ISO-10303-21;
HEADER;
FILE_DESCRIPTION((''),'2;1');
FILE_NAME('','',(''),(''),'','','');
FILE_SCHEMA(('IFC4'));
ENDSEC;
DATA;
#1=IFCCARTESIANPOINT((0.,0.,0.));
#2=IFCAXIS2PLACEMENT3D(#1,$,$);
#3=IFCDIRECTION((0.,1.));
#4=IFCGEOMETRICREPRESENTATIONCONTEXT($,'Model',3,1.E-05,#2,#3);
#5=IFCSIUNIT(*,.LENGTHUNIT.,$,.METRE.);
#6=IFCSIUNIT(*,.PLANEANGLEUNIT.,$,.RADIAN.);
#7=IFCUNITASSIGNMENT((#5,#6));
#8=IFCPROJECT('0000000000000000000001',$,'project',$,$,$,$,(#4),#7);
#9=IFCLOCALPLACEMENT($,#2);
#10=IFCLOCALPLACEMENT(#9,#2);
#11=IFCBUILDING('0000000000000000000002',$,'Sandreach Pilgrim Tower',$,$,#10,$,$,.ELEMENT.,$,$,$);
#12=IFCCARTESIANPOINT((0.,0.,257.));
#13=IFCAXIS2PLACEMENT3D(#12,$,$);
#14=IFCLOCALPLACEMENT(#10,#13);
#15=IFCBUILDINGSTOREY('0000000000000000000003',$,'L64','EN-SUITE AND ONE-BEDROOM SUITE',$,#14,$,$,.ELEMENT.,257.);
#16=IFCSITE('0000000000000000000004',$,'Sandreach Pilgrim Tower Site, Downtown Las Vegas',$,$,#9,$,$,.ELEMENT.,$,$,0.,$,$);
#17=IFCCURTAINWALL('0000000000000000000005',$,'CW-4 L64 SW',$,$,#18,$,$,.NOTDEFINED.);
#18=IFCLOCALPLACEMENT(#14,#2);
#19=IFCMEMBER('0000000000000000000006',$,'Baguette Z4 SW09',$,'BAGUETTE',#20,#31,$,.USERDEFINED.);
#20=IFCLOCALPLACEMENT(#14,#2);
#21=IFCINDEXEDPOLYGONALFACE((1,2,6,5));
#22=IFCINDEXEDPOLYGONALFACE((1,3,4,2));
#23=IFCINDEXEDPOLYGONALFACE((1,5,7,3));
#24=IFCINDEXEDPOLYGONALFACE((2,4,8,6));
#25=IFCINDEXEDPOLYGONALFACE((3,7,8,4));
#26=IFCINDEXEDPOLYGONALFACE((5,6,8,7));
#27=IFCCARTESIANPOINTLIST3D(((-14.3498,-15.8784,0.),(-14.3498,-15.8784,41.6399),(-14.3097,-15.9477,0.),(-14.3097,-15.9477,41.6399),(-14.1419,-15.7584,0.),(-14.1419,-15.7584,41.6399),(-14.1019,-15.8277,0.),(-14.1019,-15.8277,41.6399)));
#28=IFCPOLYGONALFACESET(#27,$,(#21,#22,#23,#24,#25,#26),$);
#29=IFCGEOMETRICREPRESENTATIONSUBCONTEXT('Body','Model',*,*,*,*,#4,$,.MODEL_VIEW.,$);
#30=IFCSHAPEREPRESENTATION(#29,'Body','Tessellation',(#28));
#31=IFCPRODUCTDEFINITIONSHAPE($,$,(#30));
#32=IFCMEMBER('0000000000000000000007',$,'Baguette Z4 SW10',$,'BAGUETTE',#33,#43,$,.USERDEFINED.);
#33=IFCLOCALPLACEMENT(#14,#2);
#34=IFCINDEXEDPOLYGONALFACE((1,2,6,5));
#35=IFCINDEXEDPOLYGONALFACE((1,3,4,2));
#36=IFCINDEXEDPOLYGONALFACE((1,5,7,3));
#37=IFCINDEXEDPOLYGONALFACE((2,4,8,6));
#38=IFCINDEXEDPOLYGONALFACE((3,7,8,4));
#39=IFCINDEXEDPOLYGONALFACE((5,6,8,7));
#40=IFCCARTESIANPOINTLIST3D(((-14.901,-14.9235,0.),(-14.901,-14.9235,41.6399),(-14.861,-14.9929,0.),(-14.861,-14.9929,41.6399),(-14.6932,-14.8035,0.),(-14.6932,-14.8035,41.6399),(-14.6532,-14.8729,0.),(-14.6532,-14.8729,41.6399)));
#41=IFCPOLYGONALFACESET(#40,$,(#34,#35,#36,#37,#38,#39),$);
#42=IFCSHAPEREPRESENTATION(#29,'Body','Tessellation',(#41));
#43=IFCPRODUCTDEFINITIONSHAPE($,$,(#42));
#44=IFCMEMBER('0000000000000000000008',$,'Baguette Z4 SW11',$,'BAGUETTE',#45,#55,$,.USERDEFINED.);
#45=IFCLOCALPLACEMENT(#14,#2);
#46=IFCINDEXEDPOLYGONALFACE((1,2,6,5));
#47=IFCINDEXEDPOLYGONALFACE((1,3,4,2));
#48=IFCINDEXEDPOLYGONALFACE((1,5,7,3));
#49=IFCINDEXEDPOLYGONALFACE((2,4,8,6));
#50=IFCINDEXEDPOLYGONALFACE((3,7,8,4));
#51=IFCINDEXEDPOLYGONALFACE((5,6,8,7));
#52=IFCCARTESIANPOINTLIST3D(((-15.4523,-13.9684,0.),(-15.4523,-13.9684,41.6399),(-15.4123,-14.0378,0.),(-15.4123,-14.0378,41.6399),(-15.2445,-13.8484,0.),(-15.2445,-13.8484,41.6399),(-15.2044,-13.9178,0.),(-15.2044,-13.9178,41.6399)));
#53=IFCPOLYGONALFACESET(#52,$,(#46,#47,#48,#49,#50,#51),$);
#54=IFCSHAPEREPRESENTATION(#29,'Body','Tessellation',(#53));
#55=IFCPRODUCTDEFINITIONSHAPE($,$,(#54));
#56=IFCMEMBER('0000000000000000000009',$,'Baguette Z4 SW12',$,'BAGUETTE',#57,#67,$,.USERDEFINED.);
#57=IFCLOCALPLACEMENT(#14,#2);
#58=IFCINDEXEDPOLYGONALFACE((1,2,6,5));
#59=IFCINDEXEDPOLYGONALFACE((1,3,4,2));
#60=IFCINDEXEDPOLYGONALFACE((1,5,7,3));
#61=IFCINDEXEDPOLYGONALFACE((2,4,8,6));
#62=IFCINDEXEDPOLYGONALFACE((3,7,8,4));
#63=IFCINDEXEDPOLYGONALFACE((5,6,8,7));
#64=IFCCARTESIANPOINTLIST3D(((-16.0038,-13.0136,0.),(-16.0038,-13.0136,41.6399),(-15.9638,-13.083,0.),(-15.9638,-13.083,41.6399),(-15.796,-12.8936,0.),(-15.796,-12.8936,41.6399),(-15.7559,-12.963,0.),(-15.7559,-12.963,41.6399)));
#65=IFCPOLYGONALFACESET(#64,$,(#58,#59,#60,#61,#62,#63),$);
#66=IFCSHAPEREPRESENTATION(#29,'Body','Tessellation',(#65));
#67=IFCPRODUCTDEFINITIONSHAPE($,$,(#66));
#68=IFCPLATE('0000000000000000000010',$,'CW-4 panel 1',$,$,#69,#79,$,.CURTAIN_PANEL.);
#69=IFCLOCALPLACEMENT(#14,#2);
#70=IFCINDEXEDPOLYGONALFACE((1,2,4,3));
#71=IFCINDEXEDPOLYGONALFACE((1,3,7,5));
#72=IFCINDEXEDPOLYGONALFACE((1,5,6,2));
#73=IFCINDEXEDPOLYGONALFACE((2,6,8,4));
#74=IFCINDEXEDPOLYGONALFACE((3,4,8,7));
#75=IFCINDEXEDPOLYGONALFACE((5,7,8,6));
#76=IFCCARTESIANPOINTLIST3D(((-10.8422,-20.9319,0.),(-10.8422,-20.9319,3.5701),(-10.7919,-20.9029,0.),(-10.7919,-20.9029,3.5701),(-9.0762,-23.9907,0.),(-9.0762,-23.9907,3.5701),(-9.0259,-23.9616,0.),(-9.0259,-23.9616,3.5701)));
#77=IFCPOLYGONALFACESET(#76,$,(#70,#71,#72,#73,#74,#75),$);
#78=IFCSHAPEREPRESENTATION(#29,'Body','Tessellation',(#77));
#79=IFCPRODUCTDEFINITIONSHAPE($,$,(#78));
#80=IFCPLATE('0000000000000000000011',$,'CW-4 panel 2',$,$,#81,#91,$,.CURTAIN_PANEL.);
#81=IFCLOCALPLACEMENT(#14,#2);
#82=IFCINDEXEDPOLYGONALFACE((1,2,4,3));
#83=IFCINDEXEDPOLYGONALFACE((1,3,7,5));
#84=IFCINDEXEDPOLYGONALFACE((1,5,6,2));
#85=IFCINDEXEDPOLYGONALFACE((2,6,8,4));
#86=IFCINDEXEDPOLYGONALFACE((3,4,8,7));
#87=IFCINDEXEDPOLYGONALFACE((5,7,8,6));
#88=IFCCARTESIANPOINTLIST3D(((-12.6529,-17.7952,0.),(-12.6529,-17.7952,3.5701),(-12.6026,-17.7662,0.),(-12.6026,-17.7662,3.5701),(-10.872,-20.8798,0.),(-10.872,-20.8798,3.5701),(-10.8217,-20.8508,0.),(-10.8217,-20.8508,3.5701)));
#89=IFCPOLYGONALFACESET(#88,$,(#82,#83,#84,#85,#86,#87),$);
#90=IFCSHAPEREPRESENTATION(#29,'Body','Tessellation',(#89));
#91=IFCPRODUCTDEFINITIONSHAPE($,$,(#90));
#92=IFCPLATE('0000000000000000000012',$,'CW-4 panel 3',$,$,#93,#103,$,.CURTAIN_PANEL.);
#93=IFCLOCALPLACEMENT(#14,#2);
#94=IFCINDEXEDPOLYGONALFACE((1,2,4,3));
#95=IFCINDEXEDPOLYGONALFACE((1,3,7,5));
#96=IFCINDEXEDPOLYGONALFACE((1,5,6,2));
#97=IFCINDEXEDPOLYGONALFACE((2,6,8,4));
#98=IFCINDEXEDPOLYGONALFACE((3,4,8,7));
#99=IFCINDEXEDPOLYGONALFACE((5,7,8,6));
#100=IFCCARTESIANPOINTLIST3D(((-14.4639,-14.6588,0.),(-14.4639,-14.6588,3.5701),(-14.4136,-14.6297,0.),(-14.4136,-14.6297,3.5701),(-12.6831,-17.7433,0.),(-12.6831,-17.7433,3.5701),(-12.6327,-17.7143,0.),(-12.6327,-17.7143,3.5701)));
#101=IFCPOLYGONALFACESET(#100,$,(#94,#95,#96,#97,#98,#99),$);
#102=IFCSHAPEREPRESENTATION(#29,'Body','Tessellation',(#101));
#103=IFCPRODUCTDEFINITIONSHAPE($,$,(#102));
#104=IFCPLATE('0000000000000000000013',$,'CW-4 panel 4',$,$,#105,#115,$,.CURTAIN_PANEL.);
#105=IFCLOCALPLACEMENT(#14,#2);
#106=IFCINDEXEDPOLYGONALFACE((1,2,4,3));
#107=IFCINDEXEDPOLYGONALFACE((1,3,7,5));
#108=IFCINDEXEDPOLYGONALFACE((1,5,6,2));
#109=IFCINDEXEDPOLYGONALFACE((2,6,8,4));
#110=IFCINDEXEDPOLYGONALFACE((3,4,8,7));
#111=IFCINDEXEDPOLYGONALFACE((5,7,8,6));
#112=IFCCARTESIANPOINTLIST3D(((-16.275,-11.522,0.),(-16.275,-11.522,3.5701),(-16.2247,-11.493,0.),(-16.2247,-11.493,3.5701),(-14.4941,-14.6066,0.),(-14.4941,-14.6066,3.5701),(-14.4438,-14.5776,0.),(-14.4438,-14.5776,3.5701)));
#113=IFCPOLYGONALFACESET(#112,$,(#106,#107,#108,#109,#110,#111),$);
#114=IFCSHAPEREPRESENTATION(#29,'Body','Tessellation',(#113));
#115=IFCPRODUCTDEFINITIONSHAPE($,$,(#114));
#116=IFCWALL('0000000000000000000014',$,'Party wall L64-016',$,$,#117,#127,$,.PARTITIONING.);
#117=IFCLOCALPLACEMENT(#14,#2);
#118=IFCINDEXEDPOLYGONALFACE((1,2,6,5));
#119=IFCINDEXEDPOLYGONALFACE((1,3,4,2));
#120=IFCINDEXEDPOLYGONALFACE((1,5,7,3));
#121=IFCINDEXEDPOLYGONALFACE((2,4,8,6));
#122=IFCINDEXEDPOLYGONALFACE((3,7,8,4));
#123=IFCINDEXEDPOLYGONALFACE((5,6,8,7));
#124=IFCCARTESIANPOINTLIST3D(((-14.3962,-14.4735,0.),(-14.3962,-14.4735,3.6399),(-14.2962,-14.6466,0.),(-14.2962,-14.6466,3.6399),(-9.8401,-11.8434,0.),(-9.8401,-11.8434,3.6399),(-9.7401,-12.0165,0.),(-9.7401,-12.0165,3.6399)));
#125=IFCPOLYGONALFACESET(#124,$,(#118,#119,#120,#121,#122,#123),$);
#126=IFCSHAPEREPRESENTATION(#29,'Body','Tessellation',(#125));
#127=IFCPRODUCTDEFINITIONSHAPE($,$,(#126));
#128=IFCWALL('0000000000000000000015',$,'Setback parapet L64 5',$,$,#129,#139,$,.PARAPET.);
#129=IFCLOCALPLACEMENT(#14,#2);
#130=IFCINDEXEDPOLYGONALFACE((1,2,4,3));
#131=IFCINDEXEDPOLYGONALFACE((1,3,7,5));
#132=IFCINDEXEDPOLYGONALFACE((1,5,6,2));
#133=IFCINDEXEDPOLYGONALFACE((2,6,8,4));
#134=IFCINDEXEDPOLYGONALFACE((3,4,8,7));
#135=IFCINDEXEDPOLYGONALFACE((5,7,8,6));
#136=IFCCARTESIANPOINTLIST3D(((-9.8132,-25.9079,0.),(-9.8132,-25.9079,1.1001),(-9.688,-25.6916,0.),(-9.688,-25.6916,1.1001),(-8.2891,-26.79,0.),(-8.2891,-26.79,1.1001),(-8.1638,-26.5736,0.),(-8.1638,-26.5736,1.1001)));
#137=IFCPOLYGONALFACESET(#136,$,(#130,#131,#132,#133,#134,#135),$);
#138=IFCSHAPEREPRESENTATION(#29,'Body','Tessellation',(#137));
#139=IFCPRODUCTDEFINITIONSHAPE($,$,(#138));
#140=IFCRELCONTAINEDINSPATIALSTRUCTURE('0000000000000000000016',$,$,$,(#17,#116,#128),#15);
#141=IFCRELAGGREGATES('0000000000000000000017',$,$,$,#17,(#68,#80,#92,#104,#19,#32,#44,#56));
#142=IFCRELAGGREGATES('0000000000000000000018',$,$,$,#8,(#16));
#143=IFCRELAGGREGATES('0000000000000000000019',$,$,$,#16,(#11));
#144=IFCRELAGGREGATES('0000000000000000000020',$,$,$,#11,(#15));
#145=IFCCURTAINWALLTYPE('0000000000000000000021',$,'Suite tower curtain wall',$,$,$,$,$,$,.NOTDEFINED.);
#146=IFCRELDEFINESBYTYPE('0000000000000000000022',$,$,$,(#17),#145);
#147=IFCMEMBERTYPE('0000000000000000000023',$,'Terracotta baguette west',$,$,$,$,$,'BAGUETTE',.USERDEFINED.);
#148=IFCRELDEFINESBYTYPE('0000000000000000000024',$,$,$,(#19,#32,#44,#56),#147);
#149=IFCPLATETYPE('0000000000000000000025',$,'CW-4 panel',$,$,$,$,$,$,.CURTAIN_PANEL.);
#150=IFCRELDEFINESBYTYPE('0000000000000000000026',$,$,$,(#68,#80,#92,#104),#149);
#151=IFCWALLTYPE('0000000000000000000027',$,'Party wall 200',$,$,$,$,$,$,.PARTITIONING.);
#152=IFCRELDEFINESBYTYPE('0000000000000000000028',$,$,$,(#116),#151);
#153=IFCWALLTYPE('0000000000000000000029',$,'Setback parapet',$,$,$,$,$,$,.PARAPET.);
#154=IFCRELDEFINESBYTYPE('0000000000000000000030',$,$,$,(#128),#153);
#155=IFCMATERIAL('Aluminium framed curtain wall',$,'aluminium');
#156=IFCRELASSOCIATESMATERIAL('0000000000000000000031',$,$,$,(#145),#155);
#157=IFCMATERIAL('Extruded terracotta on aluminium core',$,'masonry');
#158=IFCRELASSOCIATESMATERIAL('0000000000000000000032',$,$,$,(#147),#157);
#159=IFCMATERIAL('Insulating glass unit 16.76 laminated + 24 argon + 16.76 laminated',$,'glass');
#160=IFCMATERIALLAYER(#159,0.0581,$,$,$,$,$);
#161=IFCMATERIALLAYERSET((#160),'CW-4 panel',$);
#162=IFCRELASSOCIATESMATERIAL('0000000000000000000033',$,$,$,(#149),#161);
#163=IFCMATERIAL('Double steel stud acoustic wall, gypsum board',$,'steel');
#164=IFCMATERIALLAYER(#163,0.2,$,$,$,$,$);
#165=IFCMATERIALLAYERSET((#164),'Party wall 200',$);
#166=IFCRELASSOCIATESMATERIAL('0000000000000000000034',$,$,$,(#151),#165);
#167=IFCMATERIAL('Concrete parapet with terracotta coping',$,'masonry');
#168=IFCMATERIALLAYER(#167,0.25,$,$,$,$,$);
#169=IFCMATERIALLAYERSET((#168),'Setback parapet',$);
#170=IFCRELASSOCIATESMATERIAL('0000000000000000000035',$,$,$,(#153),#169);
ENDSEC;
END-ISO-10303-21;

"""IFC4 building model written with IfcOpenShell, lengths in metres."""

from ifc_helpers import new_model, si_unit, direction, frame, frame_2d, origin, origin_2d, place, context, subcontext, project, spatial, rectangle, extrude, material, layer, layer_set, material_profile, profile_set, type_object, element, aggregate, save


model = new_model("IFC4")

# Units and contexts
model_context = context("Model", 3, precision=1e-05, world=origin(), true_north=direction((0.0, 1.0)))
body_context = subcontext(model_context, "Body", "Model", "MODEL_VIEW")
ifc_project = project(units=[si_unit("LENGTHUNIT", "METRE"), si_unit("PLANEANGLEUNIT", "RADIAN")], contexts=[model_context])

# Site, building, storey
site_placement = place(None, origin())
site = spatial("IfcSite", under=ifc_project, at=site_placement, Name="Sandreach Pilgrim Tower Site, Downtown Las Vegas", CompositionType="ELEMENT", RefElevation=0.0)
building_placement = place(site_placement, origin())
building = spatial("IfcBuilding", under=site, at=building_placement, Name="Sandreach Pilgrim Tower", CompositionType="ELEMENT")
storey_placement = place(building_placement, frame((0.0, 0.0, 257.0)))
storey = spatial("IfcBuildingStorey", under=building, at=storey_placement, Name="L64", Description="EN-SUITE AND ONE-BEDROOM SUITE", CompositionType="ELEMENT", Elevation=257.0)

# Curtain wall
ifc_material_1 = material(Name="Aluminium framed curtain wall", Category="aluminium")
curtain_wall_type = type_object("IfcCurtainWallType", Name="Suite tower curtain wall", PredefinedType="NOTDEFINED", material=ifc_material_1)
curtain_wall_placement = place(storey_placement, origin())
curtain_wall = element("IfcCurtainWall", 1, at=curtain_wall_placement, inside=storey, type_object=curtain_wall_type, Name="CW-4 L64 SW", PredefinedType="NOTDEFINED")

# Members
ifc_material_2 = material(Name="Extruded terracotta on aluminium core", Category="masonry")
ifc_material_profile_1 = material_profile(ifc_material_2, rectangle(XDim=0.0801, YDim=0.24, at=origin_2d()), Name="TBW 80X240")
ifc_profile_set_1 = profile_set([ifc_material_profile_1], Name="Extruded terracotta on aluminium core")
member_type_1 = type_object("IfcMemberType", Name="Terracotta baguette west", ElementType="BAGUETTE", PredefinedType="USERDEFINED", material=ifc_profile_set_1)
member_1_placement = place(storey_placement, frame((-14.2258, -15.853, 0.0), z_axis=(0.0, 0.0, 1.0), x_axis=(-0.5, 0.866025, 0.0)))
member_1 = element("IfcMember", 2, at=member_1_placement, type_object=member_type_1, Name="Baguette Z4 SW09", ObjectType="BAGUETTE", PredefinedType="USERDEFINED", context=body_context, shape_type="SweptSolid", body=[
    extrude(rectangle(XDim=0.0801, YDim=0.24, at=origin_2d()), origin(), (0.0, 0.0, 1.0), 41.6399),
])
member_2_placement = place(storey_placement, frame((-14.7771, -14.8982, 0.0), z_axis=(0.0, 0.0, 1.0), x_axis=(-0.5, 0.866025, 0.0)))
member_2 = element("IfcMember", 3, at=member_2_placement, type_object=member_type_1, Name="Baguette Z4 SW10", ObjectType="BAGUETTE", PredefinedType="USERDEFINED", context=body_context, shape_type="SweptSolid", body=[
    extrude(rectangle(XDim=0.0801, YDim=0.24, at=origin_2d()), origin(), (0.0, 0.0, 1.0), 41.6399),
])
member_3_placement = place(storey_placement, frame((-15.3284, -13.9431, 0.0), z_axis=(0.0, 0.0, 1.0), x_axis=(-0.5, 0.866025, 0.0)))
member_3 = element("IfcMember", 4, at=member_3_placement, type_object=member_type_1, Name="Baguette Z4 SW11", ObjectType="BAGUETTE", PredefinedType="USERDEFINED", context=body_context, shape_type="SweptSolid", body=[
    extrude(rectangle(XDim=0.0801, YDim=0.24, at=origin_2d()), origin(), (0.0, 0.0, 1.0), 41.6399),
])
member_4_placement = place(storey_placement, frame((-15.8799, -12.9883, 0.0), z_axis=(0.0, 0.0, 1.0), x_axis=(-0.5, 0.866025, 0.0)))
member_4 = element("IfcMember", 5, at=member_4_placement, type_object=member_type_1, Name="Baguette Z4 SW12", ObjectType="BAGUETTE", PredefinedType="USERDEFINED", context=body_context, shape_type="SweptSolid", body=[
    extrude(rectangle(XDim=0.0801, YDim=0.24, at=origin_2d()), origin(), (0.0, 0.0, 1.0), 41.6399),
])

# Plates
ifc_material_3 = material(Name="Insulating glass unit 16.76 laminated + 24 argon + 16.76 laminated", Category="glass")
ifc_layer_1 = layer(ifc_material_3, 0.0581)
ifc_layer_set_1 = layer_set([ifc_layer_1], Name="CW-4 panel")
plate_type = type_object("IfcPlateType", Name="CW-4 panel", PredefinedType="CURTAIN_PANEL", material=ifc_layer_set_1)
plate_1_placement = place(storey_placement, frame((-9.9341, -22.4468, 0.0), z_axis=(0.0, 0.0, 1.0), x_axis=(-0.5, 0.866025, 0.0)))
plate_1 = element("IfcPlate", 6, at=plate_1_placement, type_object=plate_type, Name="CW-4 panel 1", PredefinedType="CURTAIN_PANEL", context=body_context, shape_type="SweptSolid", body=[
    extrude(rectangle(XDim=3.532, YDim=0.0581, at=origin_2d()), origin(), (0.0, 0.0, 1.0), 3.5701),
])
plate_2_placement = place(storey_placement, frame((-11.7373, -19.323, 0.0), z_axis=(0.0, 0.0, 1.0), x_axis=(-0.5, 0.866025, 0.0)))
plate_2 = element("IfcPlate", 7, at=plate_2_placement, type_object=plate_type, Name="CW-4 panel 2", PredefinedType="CURTAIN_PANEL", context=body_context, shape_type="SweptSolid", body=[
    extrude(rectangle(XDim=3.5618, YDim=0.0581, at=origin_2d()), origin(), (0.0, 0.0, 1.0), 3.5701),
])
plate_3_placement = place(storey_placement, frame((-13.5483, -16.1865, 0.0), z_axis=(0.0, 0.0, 1.0), x_axis=(-0.5, 0.866025, 0.0)))
plate_3 = element("IfcPlate", 8, at=plate_3_placement, type_object=plate_type, Name="CW-4 panel 3", PredefinedType="CURTAIN_PANEL", context=body_context, shape_type="SweptSolid", body=[
    extrude(rectangle(XDim=3.5618, YDim=0.0581, at=origin_2d()), origin(), (0.0, 0.0, 1.0), 3.5701),
])
plate_4_placement = place(storey_placement, frame((-15.3594, -13.0498, 0.0), z_axis=(0.0, 0.0, 1.0), x_axis=(-0.5, 0.866025, 0.0)))
plate_4 = element("IfcPlate", 9, at=plate_4_placement, type_object=plate_type, Name="CW-4 panel 4", PredefinedType="CURTAIN_PANEL", context=body_context, shape_type="SweptSolid", body=[
    extrude(rectangle(XDim=3.5618, YDim=0.0581, at=origin_2d()), origin(), (0.0, 0.0, 1.0), 3.5701),
])
aggregate(curtain_wall, [plate_1, plate_2, plate_3, plate_4, member_1, member_2, member_3, member_4])

# Walls
ifc_material_4 = material(Name="Double steel stud acoustic wall, gypsum board", Category="steel")
ifc_layer_2 = layer(ifc_material_4, 0.2)
ifc_layer_set_2 = layer_set([ifc_layer_2], Name="Party wall 200")
wall_type_1 = type_object("IfcWallType", Name="Party wall 200", PredefinedType="PARTITIONING", material=ifc_layer_set_2)
wall_1_placement = place(storey_placement, frame((-14.3462, -14.5601, 0.0), z_axis=(0.0, 0.0, 1.0), x_axis=(0.866056, 0.499947, 0.0)))
element("IfcWall", 10, at=wall_1_placement, inside=storey, type_object=wall_type_1, Name="Party wall L64-016", PredefinedType="PARTITIONING", context=body_context, shape_type="SweptSolid", body=[
    extrude(rectangle(XDim=5.2607, YDim=0.2, at=frame_2d((2.6304, 0.0))), origin(), (0.0, 0.0, 1.0), 3.6399),
])
ifc_material_5 = material(Name="Concrete parapet with terracotta coping", Category="masonry")
ifc_layer_3 = layer(ifc_material_5, 0.25)
ifc_layer_set_3 = layer_set([ifc_layer_3], Name="Setback parapet")
wall_type_2 = type_object("IfcWallType", Name="Setback parapet", PredefinedType="PARAPET", material=ifc_layer_set_3)
wall_2_placement = place(storey_placement, frame((-9.7505, -25.7998, 0.0), z_axis=(0.0, 0.0, 1.0), x_axis=(0.865509, -0.500894, 0.0)))
element("IfcWall", 11, at=wall_2_placement, inside=storey, type_object=wall_type_2, Name="Setback parapet L64 5", PredefinedType="PARAPET", context=body_context, shape_type="SweptSolid", body=[
    extrude(rectangle(XDim=1.761, YDim=0.25, at=frame_2d((0.8804, 0.0))), origin(), (0.0, 0.0, 1.0), 1.1001),
])

save(model, "model.ifc")
